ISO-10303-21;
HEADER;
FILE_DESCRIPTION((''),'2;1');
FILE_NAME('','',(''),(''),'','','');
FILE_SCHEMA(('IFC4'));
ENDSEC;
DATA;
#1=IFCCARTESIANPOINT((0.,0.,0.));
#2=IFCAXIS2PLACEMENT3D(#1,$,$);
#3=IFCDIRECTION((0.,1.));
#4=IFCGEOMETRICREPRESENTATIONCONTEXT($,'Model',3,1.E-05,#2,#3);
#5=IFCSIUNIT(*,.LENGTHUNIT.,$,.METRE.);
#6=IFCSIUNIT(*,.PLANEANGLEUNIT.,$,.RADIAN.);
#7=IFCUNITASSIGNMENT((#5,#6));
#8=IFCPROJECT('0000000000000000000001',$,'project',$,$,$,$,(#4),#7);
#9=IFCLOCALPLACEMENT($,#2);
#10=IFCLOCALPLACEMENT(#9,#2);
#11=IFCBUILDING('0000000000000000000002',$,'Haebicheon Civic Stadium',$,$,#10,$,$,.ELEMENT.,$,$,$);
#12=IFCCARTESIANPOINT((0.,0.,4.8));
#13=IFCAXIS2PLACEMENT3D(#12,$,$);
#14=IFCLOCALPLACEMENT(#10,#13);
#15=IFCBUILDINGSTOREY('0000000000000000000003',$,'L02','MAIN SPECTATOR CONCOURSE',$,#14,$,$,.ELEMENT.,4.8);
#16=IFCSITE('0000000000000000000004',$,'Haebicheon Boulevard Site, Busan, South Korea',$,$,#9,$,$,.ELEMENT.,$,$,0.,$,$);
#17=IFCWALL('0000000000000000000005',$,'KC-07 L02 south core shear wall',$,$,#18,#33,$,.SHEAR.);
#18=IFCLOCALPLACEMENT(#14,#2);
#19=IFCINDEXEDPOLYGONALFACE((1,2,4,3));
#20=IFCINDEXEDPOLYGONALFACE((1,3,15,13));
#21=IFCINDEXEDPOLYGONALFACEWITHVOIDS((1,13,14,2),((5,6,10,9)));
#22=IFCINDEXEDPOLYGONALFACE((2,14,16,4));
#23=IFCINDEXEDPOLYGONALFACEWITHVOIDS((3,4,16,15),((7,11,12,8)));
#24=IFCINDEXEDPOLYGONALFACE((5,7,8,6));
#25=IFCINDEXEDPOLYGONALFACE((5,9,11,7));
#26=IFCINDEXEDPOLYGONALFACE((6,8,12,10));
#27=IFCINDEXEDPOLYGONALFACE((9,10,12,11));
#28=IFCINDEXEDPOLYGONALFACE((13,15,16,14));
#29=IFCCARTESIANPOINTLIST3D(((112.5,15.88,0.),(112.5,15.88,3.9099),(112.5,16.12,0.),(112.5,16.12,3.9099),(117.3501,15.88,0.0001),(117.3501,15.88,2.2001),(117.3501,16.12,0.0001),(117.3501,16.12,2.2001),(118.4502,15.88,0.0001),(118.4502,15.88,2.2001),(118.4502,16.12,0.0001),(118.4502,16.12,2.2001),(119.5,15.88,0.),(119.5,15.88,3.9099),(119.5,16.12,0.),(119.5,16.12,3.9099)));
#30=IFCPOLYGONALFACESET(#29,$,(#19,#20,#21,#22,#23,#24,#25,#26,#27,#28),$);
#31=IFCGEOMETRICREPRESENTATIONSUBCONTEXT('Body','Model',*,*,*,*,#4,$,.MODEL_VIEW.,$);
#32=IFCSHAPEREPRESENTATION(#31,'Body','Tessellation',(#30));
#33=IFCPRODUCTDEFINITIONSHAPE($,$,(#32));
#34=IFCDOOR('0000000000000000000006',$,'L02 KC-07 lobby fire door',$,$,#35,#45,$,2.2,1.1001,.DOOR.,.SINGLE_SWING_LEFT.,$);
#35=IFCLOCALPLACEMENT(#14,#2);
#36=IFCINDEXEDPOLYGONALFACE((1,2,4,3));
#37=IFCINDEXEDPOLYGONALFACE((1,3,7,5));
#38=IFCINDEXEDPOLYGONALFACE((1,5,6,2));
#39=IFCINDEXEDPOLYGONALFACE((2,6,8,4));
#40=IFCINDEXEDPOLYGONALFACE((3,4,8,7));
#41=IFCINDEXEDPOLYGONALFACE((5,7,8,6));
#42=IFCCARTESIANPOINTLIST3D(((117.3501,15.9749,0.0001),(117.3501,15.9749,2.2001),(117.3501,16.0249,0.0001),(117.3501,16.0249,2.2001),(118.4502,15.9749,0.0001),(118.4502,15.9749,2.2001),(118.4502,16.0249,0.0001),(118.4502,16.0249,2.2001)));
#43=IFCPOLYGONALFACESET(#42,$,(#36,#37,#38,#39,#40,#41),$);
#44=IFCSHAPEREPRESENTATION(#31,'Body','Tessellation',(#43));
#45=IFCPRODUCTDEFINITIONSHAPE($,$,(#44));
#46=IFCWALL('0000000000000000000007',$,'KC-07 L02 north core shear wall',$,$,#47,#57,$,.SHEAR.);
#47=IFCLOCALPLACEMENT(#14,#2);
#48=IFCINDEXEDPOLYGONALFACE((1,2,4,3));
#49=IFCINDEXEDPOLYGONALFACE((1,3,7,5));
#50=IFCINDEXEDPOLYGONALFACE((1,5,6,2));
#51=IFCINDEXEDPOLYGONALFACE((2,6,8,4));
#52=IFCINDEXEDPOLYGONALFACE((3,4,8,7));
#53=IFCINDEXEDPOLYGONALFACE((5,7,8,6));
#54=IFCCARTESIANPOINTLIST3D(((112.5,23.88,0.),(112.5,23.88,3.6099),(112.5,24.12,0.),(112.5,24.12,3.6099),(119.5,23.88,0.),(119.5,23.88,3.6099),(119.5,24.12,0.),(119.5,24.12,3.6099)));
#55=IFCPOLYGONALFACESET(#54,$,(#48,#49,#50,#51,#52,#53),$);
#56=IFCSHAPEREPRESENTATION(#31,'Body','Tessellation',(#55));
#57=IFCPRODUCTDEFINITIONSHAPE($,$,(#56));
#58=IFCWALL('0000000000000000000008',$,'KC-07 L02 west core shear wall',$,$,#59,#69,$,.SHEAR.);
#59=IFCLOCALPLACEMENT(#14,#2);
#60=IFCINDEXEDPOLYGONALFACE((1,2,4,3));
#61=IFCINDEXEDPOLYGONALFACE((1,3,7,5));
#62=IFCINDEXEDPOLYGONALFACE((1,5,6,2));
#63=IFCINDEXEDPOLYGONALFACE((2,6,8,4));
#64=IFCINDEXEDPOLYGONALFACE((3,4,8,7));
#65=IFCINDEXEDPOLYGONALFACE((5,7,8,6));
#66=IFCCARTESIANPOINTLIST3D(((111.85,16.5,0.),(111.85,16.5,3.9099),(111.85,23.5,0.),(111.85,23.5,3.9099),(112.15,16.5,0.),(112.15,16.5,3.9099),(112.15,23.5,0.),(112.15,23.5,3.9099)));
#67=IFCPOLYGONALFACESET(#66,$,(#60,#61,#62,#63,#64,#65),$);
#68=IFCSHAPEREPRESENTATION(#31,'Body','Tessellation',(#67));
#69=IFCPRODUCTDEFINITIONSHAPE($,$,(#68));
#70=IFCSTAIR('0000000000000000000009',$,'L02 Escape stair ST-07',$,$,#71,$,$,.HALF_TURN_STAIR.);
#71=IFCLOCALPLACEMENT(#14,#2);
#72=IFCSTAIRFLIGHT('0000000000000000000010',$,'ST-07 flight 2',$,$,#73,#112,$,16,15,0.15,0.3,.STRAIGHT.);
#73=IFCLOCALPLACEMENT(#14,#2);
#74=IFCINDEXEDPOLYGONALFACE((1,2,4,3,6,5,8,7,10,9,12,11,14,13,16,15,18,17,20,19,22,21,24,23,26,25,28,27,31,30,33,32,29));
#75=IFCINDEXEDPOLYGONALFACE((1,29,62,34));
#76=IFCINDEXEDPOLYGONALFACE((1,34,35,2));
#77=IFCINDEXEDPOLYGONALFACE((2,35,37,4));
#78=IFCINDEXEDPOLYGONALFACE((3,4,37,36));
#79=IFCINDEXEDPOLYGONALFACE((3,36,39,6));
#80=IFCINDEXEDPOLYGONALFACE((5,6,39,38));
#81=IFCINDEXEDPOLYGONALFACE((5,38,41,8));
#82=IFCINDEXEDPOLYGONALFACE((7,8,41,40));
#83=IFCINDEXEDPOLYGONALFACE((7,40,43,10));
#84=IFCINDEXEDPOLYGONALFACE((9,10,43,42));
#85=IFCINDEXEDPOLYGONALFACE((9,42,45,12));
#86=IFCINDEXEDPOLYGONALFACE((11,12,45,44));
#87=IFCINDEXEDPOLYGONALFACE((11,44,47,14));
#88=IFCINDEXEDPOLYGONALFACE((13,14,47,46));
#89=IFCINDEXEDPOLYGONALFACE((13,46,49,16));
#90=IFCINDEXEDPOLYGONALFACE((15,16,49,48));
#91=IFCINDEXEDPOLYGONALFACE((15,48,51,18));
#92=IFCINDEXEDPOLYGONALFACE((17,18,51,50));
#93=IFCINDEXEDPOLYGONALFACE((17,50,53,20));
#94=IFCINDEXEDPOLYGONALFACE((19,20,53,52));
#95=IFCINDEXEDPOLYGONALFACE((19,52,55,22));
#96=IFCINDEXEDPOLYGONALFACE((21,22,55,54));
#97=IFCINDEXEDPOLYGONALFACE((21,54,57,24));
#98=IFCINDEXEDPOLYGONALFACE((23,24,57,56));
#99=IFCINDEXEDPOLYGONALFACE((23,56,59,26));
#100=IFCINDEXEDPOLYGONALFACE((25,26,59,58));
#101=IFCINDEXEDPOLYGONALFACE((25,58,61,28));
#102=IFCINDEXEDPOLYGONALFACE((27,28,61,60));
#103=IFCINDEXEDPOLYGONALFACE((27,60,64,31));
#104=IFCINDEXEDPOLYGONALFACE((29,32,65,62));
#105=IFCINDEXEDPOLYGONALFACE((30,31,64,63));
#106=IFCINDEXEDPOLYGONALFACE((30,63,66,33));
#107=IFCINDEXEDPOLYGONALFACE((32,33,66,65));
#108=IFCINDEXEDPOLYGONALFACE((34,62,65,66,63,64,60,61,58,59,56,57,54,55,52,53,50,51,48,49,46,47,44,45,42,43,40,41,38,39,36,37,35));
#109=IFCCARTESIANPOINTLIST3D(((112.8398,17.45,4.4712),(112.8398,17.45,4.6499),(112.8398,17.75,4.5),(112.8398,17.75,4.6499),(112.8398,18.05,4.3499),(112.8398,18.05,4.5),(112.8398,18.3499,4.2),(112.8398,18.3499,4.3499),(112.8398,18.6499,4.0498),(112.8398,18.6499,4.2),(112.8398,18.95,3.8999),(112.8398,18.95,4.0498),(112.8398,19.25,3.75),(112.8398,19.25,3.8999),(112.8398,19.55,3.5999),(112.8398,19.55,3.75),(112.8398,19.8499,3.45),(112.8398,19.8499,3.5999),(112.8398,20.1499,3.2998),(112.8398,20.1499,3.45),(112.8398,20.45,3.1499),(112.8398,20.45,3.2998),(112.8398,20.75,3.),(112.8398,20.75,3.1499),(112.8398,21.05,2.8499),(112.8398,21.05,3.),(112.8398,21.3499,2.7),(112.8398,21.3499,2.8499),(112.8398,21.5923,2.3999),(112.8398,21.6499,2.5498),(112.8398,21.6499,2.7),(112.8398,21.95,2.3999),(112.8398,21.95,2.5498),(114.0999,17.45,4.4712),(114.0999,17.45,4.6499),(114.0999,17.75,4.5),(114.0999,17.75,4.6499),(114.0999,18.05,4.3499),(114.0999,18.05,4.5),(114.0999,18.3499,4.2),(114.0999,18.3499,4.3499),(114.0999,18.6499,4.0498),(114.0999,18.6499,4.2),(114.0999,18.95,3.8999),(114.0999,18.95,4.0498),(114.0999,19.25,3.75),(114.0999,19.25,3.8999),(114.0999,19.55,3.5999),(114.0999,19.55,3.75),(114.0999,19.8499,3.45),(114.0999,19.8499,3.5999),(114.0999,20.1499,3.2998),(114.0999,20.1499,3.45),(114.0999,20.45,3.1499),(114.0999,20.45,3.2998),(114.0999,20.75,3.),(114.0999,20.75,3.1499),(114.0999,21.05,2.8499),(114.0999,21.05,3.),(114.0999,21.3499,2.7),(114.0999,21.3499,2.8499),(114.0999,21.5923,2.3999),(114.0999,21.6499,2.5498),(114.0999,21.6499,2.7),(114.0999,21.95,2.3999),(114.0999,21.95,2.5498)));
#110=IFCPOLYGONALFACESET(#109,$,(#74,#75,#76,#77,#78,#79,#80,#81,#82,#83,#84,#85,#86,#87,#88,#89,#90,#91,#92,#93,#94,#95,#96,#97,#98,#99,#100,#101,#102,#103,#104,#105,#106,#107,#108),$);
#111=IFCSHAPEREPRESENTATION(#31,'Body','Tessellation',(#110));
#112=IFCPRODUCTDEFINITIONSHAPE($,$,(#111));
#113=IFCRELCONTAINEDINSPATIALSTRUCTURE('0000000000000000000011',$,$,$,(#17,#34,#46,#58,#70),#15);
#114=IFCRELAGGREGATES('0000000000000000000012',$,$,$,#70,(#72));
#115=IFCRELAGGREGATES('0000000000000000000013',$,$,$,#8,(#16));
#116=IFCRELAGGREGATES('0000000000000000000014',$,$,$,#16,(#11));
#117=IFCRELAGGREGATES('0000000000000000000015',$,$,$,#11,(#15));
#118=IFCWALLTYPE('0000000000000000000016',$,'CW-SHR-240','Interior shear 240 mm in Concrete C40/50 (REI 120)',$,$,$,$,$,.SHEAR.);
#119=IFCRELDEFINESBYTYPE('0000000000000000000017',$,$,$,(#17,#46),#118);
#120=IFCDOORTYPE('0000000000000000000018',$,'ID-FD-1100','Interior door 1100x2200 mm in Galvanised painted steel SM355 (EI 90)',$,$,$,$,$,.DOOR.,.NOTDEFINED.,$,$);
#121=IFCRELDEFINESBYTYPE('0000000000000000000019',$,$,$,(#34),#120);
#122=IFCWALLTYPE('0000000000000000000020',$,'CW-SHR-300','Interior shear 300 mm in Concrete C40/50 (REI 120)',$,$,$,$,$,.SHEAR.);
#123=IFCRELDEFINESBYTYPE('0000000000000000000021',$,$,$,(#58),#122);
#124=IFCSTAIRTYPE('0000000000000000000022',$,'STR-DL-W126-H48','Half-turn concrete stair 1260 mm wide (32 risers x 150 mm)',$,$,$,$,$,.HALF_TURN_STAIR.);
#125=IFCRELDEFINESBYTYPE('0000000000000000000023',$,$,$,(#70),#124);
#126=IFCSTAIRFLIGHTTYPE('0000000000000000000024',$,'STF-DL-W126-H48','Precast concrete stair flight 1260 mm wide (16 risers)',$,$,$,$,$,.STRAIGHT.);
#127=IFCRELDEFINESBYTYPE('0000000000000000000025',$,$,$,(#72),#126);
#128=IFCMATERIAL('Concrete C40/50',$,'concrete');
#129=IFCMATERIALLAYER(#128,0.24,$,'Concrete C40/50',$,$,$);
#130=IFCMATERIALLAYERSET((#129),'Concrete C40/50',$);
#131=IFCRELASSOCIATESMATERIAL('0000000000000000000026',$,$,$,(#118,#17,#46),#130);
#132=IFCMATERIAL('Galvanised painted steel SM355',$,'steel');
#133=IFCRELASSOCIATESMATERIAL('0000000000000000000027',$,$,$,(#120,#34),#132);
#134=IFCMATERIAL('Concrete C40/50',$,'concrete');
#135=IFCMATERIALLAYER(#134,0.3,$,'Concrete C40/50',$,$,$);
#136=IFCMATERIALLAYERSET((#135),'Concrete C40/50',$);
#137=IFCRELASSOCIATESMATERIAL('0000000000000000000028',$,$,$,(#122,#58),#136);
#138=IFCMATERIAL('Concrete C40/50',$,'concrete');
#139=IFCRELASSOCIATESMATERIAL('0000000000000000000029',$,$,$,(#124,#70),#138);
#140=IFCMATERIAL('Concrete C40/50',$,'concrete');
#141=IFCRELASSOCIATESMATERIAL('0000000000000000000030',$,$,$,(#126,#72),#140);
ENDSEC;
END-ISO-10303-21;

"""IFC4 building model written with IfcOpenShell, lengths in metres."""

from ifc_helpers import new_model, si_unit, direction, frame, frame_2d, origin, place, context, subcontext, project, spatial, polyline, rectangle, outline, extrude, material, layer, layer_set, type_object, element, fill, aggregate, save


model = new_model("IFC4")

# Units and contexts
model_context = context("Model", 3, precision=1e-05, world=origin(), true_north=direction((0.0, 1.0)))
body_context = subcontext(model_context, "Body", "Model", "MODEL_VIEW")
ifc_project = project(units=[si_unit("LENGTHUNIT", "METRE"), si_unit("PLANEANGLEUNIT", "RADIAN")], contexts=[model_context])

# Site, building, storey
site_placement = place(None, origin())
site = spatial("IfcSite", under=ifc_project, at=site_placement, Name="Haebicheon Boulevard Site, Busan, South Korea", CompositionType="ELEMENT", RefElevation=0.0)
building_placement = place(site_placement, origin())
building = spatial("IfcBuilding", under=site, at=building_placement, Name="Haebicheon Civic Stadium", CompositionType="ELEMENT")
storey_placement = place(building_placement, frame((0.0, 0.0, 4.8)))
storey = spatial("IfcBuildingStorey", under=building, at=storey_placement, Name="L02", Description="MAIN SPECTATOR CONCOURSE", CompositionType="ELEMENT", Elevation=4.8)

# Wall, opening, door
ifc_material_1 = material(Name="Concrete C40/50", Category="concrete")
ifc_layer_1 = layer(ifc_material_1, 0.24, Name="Concrete C40/50")
ifc_layer_set_1 = layer_set([ifc_layer_1], Name="Concrete C40/50")
wall_type_1 = type_object("IfcWallType", Name="CW-SHR-240", Description="Interior shear 240 mm in Concrete C40/50 (REI 120)", PredefinedType="SHEAR", material=ifc_layer_set_1)
wall_1_placement = place(storey_placement, frame((112.5, 16.0, 0.0), z_axis=(0.0, 0.0, 1.0), x_axis=(1.0, 0.0, 0.0)))
wall_1 = element("IfcWall", 1, at=wall_1_placement, inside=storey, type_object=wall_type_1, material=ifc_layer_set_1, Name="KC-07 L02 south core shear wall", PredefinedType="SHEAR", context=body_context, shape_type="SweptSolid", body=[
    extrude(rectangle(XDim=7.0, YDim=0.24, at=frame_2d((3.5, 0.0))), origin(), (0.0, 0.0, 1.0), 3.9099),
])
opening_placement = place(wall_1_placement, frame((4.8501, 0.0, 0.0)))
opening = element("IfcOpeningElement", 2, at=opening_placement, cuts=wall_1, PredefinedType="OPENING", context=body_context, shape_type="SweptSolid", body=[
    extrude(rectangle(XDim=1.1001, YDim=2.2, at=frame_2d((0.55, 1.1001))), frame((0.0, 0.1299, 0.0), z_axis=(0.0, -1.0, 0.0), x_axis=(1.0, 0.0, 0.0)), (0.0, 0.0, 1.0), 0.26),
])
ifc_material_2 = material(Name="Galvanised painted steel SM355", Category="steel")
door_type = type_object("IfcDoorType", Name="ID-FD-1100", Description="Interior door 1100x2200 mm in Galvanised painted steel SM355 (EI 90)", OperationType="NOTDEFINED", PredefinedType="DOOR", material=ifc_material_2)
door_placement = place(opening_placement, origin())
door = element("IfcDoor", 3, at=door_placement, inside=storey, type_object=door_type, material=ifc_material_2, Name="L02 KC-07 lobby fire door", OperationType="SINGLE_SWING_LEFT", OverallHeight=2.2, OverallWidth=1.1001, PredefinedType="DOOR", context=body_context, shape_type="SweptSolid", body=[
    extrude(rectangle(XDim=1.1001, YDim=2.2, at=frame_2d((0.55, 1.1001))), frame((0.0, 0.0249, 0.0), z_axis=(0.0, -1.0, 0.0), x_axis=(1.0, 0.0, 0.0)), (0.0, 0.0, 1.0), 0.05),
])
fill(opening, door)

# Walls
wall_2_placement = place(storey_placement, frame((112.5, 24.0, 0.0), z_axis=(0.0, 0.0, 1.0), x_axis=(1.0, 0.0, 0.0)))
element("IfcWall", 4, at=wall_2_placement, inside=storey, type_object=wall_type_1, material=ifc_layer_set_1, Name="KC-07 L02 north core shear wall", PredefinedType="SHEAR", context=body_context, shape_type="SweptSolid", body=[
    extrude(rectangle(XDim=7.0, YDim=0.24, at=frame_2d((3.5, 0.0))), origin(), (0.0, 0.0, 1.0), 3.6099),
])
ifc_material_3 = material(Name="Concrete C40/50", Category="concrete")
ifc_layer_2 = layer(ifc_material_3, 0.3, Name="Concrete C40/50")
ifc_layer_set_2 = layer_set([ifc_layer_2], Name="Concrete C40/50")
wall_type_2 = type_object("IfcWallType", Name="CW-SHR-300", Description="Interior shear 300 mm in Concrete C40/50 (REI 120)", PredefinedType="SHEAR", material=ifc_layer_set_2)
wall_3_placement = place(storey_placement, frame((112.0, 16.5, 0.0), z_axis=(0.0, 0.0, 1.0), x_axis=(0.0, 1.0, 0.0)))
element("IfcWall", 5, at=wall_3_placement, inside=storey, type_object=wall_type_2, material=ifc_layer_set_2, Name="KC-07 L02 west core shear wall", PredefinedType="SHEAR", context=body_context, shape_type="SweptSolid", body=[
    extrude(rectangle(XDim=7.0, YDim=0.3, at=frame_2d((3.5, 0.0))), origin(), (0.0, 0.0, 1.0), 3.9099),
])

# Stair, stair flight
ifc_material_4 = material(Name="Concrete C40/50", Category="concrete")
stair_type = type_object("IfcStairType", Name="STR-DL-W126-H48", Description="Half-turn concrete stair 1260 mm wide (32 risers x 150 mm)", PredefinedType="HALF_TURN_STAIR", material=ifc_material_4)
stair_placement = place(storey_placement, origin())
stair = element("IfcStair", 6, at=stair_placement, inside=storey, type_object=stair_type, material=ifc_material_4, Name="L02 Escape stair ST-07", PredefinedType="HALF_TURN_STAIR")
ifc_material_5 = material(Name="Concrete C40/50", Category="concrete")
stair_flight_type = type_object("IfcStairFlightType", Name="STF-DL-W126-H48", Description="Precast concrete stair flight 1260 mm wide (16 risers)", PredefinedType="STRAIGHT", material=ifc_material_5)
stair_flight_placement = place(storey_placement, frame((113.47, 21.95, 2.3999), z_axis=(0.0, 0.0, 1.0), x_axis=(0.0, -1.0, 0.0)))
stair_flight = element("IfcStairFlight", 7, at=stair_flight_placement, type_object=stair_flight_type, material=ifc_material_5, Name="ST-07 flight 2", NumberOfRisers=16, NumberOfTreads=15, PredefinedType="STRAIGHT", RiserHeight=0.15, TreadLength=0.3, context=body_context, shape_type="SweptSolid", body=[
    extrude(outline(polyline([(0.0, 0.0), (0.0, 0.1499), (0.3, 0.1499), (0.3, 0.3), (0.6001, 0.3), (0.6001, 0.45), (0.8999, 0.45), (0.8999, 0.6001), (1.2, 0.6001), (1.2, 0.75), (1.5, 0.75), (1.5, 0.8999), (1.8, 0.8999), (1.8, 1.05), (2.1001, 1.05), (2.1001, 1.2), (2.3999, 1.2), (2.3999, 1.3501), (2.7, 1.3501), (2.7, 1.5), (3.0, 1.5), (3.0, 1.6499), (3.3, 1.6499), (3.3, 1.8), (3.6001, 1.8), (3.6001, 1.95), (3.8999, 1.95), (3.8999, 2.1001), (4.2, 2.1001), (4.2, 2.25), (4.5, 2.25), (4.5, 2.3999), (4.5, 2.0713), (0.3577, 0.0), (0.0, 0.0)])), frame((0.0, 0.6299, 0.0), z_axis=(0.0, -1.0, 0.0), x_axis=(1.0, 0.0, 0.0)), (0.0, 0.0, 1.0), 1.26),
])
aggregate(stair, [stair_flight])

save(model, "model.ifc")
